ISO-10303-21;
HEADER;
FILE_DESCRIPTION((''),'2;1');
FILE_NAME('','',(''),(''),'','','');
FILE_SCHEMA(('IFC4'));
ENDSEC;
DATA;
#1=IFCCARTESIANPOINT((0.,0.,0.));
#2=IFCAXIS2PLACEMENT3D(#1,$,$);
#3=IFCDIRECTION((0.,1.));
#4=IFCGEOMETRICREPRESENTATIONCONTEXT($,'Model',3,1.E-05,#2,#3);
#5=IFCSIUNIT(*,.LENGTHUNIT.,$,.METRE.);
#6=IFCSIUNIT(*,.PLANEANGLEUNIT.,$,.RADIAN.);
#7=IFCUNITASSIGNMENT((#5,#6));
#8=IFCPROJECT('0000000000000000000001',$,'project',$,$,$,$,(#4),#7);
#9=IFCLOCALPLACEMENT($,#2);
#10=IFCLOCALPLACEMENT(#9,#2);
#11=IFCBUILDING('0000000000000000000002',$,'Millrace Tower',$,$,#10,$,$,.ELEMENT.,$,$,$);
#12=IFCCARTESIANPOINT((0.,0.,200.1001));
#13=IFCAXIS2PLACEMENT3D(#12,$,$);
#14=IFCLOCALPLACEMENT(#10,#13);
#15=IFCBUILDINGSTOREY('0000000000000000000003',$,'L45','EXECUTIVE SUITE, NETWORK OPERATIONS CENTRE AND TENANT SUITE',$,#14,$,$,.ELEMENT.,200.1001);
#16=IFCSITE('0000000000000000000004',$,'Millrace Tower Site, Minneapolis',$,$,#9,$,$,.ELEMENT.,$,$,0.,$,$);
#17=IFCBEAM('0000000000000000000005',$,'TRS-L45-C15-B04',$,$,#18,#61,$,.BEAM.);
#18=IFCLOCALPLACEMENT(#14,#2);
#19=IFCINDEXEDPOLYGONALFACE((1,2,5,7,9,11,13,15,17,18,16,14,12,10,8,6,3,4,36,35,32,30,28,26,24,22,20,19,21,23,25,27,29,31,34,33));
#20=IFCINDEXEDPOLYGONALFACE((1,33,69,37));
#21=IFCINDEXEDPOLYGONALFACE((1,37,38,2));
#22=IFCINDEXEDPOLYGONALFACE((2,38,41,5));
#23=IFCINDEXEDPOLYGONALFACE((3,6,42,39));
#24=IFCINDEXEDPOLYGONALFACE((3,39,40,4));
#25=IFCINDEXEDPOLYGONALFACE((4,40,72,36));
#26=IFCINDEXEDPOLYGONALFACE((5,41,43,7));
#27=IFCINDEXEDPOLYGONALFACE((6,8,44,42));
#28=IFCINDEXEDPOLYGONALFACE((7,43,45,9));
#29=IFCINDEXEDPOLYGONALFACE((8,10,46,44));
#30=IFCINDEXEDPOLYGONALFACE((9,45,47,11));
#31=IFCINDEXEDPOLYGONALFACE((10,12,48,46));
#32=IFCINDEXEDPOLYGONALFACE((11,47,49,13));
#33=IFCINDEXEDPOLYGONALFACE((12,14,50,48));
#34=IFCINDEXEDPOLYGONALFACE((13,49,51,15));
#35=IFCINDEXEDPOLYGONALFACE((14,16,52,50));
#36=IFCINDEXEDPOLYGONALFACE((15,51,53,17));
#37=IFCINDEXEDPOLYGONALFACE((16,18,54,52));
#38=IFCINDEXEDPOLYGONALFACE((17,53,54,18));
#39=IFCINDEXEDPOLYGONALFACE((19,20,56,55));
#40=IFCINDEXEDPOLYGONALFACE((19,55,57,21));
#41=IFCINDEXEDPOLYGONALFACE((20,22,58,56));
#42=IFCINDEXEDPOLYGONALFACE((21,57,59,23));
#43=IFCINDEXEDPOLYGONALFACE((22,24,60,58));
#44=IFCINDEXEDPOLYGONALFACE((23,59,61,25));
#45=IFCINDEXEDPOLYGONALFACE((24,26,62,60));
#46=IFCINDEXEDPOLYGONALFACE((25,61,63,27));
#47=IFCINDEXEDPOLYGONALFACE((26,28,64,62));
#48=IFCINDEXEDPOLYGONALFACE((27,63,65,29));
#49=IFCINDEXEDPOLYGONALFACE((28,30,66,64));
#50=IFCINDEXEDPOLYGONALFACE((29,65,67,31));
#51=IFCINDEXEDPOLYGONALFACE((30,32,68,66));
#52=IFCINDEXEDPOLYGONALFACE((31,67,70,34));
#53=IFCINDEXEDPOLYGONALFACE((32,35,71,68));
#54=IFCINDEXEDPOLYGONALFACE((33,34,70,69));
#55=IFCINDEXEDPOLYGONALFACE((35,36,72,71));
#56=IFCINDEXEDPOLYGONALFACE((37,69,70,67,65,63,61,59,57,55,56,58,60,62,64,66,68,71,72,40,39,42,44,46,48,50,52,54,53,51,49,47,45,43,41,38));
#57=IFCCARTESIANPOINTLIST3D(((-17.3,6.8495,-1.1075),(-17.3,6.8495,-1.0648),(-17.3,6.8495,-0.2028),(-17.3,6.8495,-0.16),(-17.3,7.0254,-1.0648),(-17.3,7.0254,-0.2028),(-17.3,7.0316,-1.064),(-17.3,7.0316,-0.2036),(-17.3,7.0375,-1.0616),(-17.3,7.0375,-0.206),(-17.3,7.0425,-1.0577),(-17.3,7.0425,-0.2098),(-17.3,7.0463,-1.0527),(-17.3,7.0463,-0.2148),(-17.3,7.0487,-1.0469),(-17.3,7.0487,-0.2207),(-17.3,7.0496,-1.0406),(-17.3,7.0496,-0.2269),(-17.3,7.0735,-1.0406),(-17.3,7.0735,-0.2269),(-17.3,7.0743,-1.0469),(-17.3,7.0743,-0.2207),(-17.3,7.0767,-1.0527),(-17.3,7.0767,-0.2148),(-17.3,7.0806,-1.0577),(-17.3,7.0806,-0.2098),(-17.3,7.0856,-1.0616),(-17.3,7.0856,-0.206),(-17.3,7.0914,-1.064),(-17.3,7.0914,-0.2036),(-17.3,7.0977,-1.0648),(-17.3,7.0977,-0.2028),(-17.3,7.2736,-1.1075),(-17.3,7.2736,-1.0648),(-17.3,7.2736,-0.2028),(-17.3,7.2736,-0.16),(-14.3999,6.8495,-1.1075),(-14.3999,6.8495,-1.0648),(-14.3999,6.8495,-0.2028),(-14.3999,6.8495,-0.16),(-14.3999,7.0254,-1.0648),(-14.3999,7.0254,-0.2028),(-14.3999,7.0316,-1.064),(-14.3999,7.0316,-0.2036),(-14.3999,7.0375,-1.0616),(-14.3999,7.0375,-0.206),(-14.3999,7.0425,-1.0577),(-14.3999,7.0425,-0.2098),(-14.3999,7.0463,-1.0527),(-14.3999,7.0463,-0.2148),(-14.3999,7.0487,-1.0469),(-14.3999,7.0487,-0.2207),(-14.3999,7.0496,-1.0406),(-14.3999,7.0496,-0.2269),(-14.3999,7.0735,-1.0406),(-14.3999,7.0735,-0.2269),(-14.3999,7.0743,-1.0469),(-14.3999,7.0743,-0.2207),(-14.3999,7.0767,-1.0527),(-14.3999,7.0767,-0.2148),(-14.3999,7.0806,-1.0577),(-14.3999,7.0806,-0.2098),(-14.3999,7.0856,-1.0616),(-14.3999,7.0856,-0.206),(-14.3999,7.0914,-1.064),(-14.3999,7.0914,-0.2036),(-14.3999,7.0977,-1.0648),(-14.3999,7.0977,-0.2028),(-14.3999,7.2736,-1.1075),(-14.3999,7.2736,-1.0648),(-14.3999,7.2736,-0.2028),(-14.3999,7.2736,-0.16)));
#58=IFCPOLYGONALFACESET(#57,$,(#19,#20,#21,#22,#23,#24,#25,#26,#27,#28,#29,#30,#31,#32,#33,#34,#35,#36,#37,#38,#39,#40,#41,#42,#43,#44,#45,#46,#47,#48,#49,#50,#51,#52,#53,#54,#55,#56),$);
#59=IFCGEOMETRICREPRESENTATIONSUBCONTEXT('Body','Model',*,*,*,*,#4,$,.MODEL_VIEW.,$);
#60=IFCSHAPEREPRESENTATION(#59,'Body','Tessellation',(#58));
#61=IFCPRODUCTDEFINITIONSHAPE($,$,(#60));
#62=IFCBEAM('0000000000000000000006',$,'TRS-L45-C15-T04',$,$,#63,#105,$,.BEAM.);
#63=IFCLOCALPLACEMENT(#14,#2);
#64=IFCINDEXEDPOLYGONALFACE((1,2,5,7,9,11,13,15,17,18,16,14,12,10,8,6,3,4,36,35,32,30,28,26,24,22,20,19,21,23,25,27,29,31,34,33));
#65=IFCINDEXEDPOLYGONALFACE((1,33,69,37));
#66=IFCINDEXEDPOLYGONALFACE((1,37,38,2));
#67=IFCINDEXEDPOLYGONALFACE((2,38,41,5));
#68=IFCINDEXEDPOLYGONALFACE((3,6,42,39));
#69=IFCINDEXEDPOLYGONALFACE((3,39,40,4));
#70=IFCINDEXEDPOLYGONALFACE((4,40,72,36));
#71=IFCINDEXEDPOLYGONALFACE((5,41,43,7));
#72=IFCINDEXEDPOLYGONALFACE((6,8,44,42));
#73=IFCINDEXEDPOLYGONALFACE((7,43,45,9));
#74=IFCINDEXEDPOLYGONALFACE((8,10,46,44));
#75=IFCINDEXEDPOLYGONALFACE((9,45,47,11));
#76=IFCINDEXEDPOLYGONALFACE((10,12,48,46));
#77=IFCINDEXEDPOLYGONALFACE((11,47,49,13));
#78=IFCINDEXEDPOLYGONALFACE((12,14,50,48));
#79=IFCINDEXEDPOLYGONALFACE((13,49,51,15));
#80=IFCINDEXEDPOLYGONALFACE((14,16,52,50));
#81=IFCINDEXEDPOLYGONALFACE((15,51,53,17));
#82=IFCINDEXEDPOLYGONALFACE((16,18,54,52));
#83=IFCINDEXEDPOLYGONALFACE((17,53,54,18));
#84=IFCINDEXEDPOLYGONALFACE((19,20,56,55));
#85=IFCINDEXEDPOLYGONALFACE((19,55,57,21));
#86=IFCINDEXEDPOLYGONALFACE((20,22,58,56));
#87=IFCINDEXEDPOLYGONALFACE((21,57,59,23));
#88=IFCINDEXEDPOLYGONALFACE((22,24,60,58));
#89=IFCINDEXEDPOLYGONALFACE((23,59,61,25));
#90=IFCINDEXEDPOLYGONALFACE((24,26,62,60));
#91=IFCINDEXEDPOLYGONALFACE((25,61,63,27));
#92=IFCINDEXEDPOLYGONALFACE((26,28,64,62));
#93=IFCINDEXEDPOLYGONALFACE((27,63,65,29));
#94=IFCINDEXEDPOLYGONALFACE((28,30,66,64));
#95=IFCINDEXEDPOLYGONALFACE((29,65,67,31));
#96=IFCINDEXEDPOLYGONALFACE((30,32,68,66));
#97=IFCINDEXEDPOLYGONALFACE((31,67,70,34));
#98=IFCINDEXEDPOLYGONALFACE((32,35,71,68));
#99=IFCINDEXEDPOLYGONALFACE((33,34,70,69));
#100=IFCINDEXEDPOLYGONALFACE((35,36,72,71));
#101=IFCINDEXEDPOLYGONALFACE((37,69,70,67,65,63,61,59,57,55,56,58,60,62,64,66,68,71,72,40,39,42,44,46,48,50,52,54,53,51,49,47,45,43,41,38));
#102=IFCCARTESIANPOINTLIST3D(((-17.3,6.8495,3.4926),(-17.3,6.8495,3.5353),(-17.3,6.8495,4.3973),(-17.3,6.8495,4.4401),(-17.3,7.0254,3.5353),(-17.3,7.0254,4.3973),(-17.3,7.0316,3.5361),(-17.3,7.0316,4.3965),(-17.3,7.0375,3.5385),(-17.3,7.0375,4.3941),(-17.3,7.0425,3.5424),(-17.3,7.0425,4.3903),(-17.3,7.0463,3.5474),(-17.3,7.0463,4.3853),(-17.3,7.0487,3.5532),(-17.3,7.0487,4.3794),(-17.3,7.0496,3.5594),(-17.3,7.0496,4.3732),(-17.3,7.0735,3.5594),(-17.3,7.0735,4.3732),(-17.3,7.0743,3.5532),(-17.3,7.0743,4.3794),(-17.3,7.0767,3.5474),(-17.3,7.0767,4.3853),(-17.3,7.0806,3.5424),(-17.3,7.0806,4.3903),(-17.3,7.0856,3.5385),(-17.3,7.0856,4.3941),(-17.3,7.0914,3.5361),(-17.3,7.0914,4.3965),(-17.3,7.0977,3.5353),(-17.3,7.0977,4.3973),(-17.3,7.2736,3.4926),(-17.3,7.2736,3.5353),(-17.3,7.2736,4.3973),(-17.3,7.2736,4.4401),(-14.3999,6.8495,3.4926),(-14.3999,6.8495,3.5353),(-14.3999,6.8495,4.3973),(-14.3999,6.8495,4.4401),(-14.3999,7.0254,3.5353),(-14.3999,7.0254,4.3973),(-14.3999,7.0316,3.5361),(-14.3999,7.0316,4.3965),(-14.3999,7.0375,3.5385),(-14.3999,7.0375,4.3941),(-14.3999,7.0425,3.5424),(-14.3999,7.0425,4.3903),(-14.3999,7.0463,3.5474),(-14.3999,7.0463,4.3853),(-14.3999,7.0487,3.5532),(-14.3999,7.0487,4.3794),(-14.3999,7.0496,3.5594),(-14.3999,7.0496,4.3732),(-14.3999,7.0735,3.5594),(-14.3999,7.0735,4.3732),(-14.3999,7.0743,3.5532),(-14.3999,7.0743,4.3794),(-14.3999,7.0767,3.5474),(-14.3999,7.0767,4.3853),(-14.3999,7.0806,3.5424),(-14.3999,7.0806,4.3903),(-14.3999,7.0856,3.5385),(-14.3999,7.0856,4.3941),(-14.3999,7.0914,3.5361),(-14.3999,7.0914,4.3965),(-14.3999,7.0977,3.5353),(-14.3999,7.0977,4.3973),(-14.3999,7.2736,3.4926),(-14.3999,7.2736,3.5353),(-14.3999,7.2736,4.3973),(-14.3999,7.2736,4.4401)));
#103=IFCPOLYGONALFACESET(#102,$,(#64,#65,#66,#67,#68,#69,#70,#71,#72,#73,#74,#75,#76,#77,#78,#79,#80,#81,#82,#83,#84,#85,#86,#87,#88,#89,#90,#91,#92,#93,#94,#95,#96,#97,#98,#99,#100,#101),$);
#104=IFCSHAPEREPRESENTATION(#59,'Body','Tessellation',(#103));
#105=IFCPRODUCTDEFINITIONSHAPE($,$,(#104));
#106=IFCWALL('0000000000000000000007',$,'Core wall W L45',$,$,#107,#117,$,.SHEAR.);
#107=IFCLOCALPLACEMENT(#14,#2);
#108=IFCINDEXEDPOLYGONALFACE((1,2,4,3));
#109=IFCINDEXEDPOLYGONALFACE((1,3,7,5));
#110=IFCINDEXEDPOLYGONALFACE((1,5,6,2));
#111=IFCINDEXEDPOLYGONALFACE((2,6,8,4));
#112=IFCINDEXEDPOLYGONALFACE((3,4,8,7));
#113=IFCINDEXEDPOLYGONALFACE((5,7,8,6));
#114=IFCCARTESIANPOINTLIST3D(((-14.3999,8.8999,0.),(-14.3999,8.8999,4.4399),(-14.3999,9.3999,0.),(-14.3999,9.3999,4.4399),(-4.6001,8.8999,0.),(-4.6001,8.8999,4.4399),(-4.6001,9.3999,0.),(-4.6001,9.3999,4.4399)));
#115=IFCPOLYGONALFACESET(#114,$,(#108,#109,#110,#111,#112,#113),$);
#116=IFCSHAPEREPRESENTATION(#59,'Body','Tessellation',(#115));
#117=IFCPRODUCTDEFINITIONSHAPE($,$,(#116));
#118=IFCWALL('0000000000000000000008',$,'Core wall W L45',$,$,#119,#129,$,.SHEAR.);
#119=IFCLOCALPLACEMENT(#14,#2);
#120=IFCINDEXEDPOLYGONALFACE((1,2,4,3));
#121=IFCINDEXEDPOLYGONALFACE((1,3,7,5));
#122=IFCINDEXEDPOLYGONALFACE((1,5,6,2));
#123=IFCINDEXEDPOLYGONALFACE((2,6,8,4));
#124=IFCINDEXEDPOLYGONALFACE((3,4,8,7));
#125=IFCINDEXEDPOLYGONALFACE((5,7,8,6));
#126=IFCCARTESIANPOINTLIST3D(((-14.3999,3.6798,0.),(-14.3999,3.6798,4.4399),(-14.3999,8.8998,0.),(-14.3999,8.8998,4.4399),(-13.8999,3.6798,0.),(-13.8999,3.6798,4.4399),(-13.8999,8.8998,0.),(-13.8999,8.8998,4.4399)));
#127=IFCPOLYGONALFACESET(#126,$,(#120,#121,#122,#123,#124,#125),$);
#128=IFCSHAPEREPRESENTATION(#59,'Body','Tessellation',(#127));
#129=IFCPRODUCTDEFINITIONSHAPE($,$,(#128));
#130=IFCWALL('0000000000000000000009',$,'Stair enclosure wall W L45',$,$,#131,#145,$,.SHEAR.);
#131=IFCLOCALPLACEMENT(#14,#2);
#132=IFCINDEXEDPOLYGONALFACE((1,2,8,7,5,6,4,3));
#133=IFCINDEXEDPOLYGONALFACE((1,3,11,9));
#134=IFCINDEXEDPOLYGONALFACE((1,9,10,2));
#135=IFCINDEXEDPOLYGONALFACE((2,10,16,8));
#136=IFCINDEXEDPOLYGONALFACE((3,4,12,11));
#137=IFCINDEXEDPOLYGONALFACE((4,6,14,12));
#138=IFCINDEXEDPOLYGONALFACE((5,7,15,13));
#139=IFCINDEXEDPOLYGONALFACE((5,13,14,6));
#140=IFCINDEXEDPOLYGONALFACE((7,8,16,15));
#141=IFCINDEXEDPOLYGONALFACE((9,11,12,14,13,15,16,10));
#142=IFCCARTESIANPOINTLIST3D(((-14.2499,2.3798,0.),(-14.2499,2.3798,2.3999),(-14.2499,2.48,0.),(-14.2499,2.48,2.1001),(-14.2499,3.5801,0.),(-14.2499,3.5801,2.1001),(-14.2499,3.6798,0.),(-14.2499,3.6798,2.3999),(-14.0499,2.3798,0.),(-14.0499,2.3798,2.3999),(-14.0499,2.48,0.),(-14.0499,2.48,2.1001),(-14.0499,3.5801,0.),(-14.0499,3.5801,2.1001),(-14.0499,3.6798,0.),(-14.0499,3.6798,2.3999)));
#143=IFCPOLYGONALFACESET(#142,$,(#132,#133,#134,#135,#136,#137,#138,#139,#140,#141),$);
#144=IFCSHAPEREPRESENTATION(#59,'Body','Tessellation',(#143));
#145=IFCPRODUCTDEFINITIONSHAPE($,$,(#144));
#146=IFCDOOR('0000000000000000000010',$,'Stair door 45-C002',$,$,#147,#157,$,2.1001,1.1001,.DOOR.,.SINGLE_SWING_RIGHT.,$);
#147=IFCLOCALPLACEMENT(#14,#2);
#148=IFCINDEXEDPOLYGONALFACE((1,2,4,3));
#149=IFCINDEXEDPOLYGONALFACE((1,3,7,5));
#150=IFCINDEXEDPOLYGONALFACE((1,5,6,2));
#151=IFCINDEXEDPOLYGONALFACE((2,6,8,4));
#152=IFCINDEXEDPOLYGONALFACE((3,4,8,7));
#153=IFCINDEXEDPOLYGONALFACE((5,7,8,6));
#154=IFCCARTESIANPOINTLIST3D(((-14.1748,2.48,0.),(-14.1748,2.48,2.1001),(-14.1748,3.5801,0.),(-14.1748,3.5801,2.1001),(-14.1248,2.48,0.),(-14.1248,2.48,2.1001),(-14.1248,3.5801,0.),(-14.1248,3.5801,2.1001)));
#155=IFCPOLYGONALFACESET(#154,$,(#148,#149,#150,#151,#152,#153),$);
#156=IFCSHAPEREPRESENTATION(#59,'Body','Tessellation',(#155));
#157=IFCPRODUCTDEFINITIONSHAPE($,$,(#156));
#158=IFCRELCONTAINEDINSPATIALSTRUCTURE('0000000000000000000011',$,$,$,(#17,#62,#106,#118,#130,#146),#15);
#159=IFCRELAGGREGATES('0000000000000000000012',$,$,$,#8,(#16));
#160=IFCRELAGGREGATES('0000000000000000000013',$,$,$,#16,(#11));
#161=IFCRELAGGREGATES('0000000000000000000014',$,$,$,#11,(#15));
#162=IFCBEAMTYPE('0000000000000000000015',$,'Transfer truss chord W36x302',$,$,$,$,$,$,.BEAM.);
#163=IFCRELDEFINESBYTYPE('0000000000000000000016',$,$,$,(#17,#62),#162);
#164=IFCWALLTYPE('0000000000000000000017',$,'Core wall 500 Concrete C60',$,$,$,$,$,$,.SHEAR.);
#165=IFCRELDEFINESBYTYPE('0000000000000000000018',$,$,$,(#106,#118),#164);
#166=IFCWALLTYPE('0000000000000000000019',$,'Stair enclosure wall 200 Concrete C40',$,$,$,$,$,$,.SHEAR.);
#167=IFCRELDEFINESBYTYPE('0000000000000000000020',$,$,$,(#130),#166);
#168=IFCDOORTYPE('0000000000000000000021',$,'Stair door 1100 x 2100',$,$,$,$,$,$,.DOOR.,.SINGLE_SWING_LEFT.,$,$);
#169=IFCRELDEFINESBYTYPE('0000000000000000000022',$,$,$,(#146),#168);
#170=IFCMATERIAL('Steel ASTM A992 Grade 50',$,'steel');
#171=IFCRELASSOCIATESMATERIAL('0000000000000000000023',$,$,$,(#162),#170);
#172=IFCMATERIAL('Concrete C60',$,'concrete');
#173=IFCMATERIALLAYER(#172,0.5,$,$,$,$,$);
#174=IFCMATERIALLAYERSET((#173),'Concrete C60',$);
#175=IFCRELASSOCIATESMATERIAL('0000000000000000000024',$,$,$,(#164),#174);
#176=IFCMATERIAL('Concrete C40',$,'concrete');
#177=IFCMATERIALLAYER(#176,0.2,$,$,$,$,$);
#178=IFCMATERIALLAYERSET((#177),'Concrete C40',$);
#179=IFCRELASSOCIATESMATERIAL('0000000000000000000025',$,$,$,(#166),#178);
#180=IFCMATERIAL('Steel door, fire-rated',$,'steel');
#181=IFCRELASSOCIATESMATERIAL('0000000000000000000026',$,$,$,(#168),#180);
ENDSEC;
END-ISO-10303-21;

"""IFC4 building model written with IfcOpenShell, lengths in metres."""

from ifc_helpers import new_model, si_unit, direction, frame, frame_2d, origin, origin_2d, place, context, subcontext, project, spatial, rectangle, i_section, extrude, material, layer, layer_set, material_profile, profile_set, type_object, element, fill, save


model = new_model("IFC4")

# Units and contexts
model_context = context("Model", 3, precision=1e-05, world=origin(), true_north=direction((0.0, 1.0)))
body_context = subcontext(model_context, "Body", "Model", "MODEL_VIEW")
ifc_project = project(units=[si_unit("LENGTHUNIT", "METRE"), si_unit("PLANEANGLEUNIT", "RADIAN")], contexts=[model_context])

# Site, building, storey
site_placement = place(None, origin())
site = spatial("IfcSite", under=ifc_project, at=site_placement, Name="Millrace Tower Site, Minneapolis", CompositionType="ELEMENT", RefElevation=0.0)
building_placement = place(site_placement, origin())
building = spatial("IfcBuilding", under=site, at=building_placement, Name="Millrace Tower", CompositionType="ELEMENT")
storey_placement = place(building_placement, frame((0.0, 0.0, 200.1001)))
storey = spatial("IfcBuildingStorey", under=building, at=storey_placement, Name="L45", Description="EXECUTIVE SUITE, NETWORK OPERATIONS CENTRE AND TENANT SUITE", CompositionType="ELEMENT", Elevation=200.1001)

# Beams
ifc_material_1 = material(Name="Steel ASTM A992 Grade 50", Category="steel")
ifc_material_profile_1 = material_profile(ifc_material_1, i_section(OverallWidth=0.4241, OverallDepth=0.9475, WebThickness=0.0239, FlangeThickness=0.0427, FilletRadius=0.0242, at=origin_2d()))
ifc_profile_set_1 = profile_set([ifc_material_profile_1], Name="Steel ASTM A992 Grade 50")
beam_type_1 = type_object("IfcBeamType", Name="Transfer truss chord W36x302", PredefinedType="BEAM", material=ifc_profile_set_1)
for number, where, z_axis, x_axis, name in (
    (1, (-17.3, 7.0615, -0.6338), (1.0, 0.0, 0.0), (0.0, 1.0, 0.0), "TRS-L45-C15-B04"),
    (2, (-17.3, 7.0615, 3.9663), (1.0, 0.0, 0.0), (0.0, 1.0, 0.0), "TRS-L45-C15-T04"),
):
    element("IfcBeam", number, at=place(storey_placement, frame(where, z_axis=z_axis, x_axis=x_axis)), inside=storey, type_object=beam_type_1, Name=name, PredefinedType="BEAM", context=body_context, shape_type="SweptSolid", body=[
        extrude(i_section(OverallWidth=0.4241, OverallDepth=0.9475, WebThickness=0.0239, FlangeThickness=0.0427, FilletRadius=0.0242, at=origin_2d()), origin(), (0.0, 0.0, 1.0), 2.9001),
    ])

# Walls
ifc_material_2 = material(Name="Concrete C60", Category="concrete")
ifc_layer_1 = layer(ifc_material_2, 0.5)
ifc_layer_set_1 = layer_set([ifc_layer_1], Name="Concrete C60")
wall_type_1 = type_object("IfcWallType", Name="Core wall 500 Concrete C60", PredefinedType="SHEAR", material=ifc_layer_set_1)
wall_1_placement = place(storey_placement, frame((-14.3999, 9.1499, 0.0), z_axis=(0.0, 0.0, 1.0), x_axis=(1.0, 0.0, 0.0)))
element("IfcWall", 3, at=wall_1_placement, inside=storey, type_object=wall_type_1, Name="Core wall W L45", PredefinedType="SHEAR", context=body_context, shape_type="SweptSolid", body=[
    extrude(rectangle(XDim=9.7998, YDim=0.5, at=frame_2d((4.8999, 0.0))), origin(), (0.0, 0.0, 1.0), 4.4399),
])
wall_2_placement = place(storey_placement, frame((-14.1499, 3.6799, 0.0), z_axis=(0.0, 0.0, 1.0), x_axis=(0.0, 1.0, 0.0)))
element("IfcWall", 4, at=wall_2_placement, inside=storey, type_object=wall_type_1, Name="Core wall W L45", PredefinedType="SHEAR", context=body_context, shape_type="SweptSolid", body=[
    extrude(rectangle(XDim=5.22, YDim=0.5, at=frame_2d((2.6099, 0.0))), origin(), (0.0, 0.0, 1.0), 4.4399),
])

# Wall, opening, door
ifc_material_3 = material(Name="Concrete C40", Category="concrete")
ifc_layer_2 = layer(ifc_material_3, 0.2)
ifc_layer_set_2 = layer_set([ifc_layer_2], Name="Concrete C40")
wall_type_2 = type_object("IfcWallType", Name="Stair enclosure wall 200 Concrete C40", PredefinedType="SHEAR", material=ifc_layer_set_2)
wall_3_placement = place(storey_placement, frame((-14.1499, 2.3799, 0.0), z_axis=(0.0, 0.0, 1.0), x_axis=(0.0, 1.0, 0.0)))
wall_3 = element("IfcWall", 5, at=wall_3_placement, inside=storey, type_object=wall_type_2, Name="Stair enclosure wall W L45", PredefinedType="SHEAR", context=body_context, shape_type="SweptSolid", body=[
    extrude(rectangle(XDim=1.3, YDim=0.2, at=frame_2d((0.6499, 0.0))), origin(), (0.0, 0.0, 1.0), 2.3999),
])
opening_1_placement = place(wall_3_placement, frame((0.1001, 0.0, 0.0)))
opening_1 = element("IfcOpeningElement", 6, at=opening_1_placement, cuts=wall_3, PredefinedType="OPENING", context=body_context, shape_type="SweptSolid", body=[
    extrude(rectangle(XDim=1.1001, YDim=2.1001, at=frame_2d((0.55, 1.05))), frame((0.0, 0.1099, 0.0), z_axis=(0.0, -1.0, 0.0), x_axis=(1.0, 0.0, 0.0)), (0.0, 0.0, 1.0), 0.22),
])
ifc_material_4 = material(Name="Steel door, fire-rated", Category="steel")
door_type_1 = type_object("IfcDoorType", Name="Stair door 1100 x 2100", OperationType="SINGLE_SWING_LEFT", PredefinedType="DOOR", material=ifc_material_4)
door_1_placement = place(opening_1_placement, origin())
door_1 = element("IfcDoor", 7, at=door_1_placement, inside=storey, type_object=door_type_1, Name="Stair door 45-C002", OperationType="SINGLE_SWING_RIGHT", OverallHeight=2.1001, OverallWidth=1.1001, PredefinedType="DOOR", context=body_context, shape_type="SweptSolid", body=[
    extrude(rectangle(XDim=1.1001, YDim=2.1001, at=frame_2d((0.55, 1.05))), frame((0.0, 0.0249, 0.0), z_axis=(0.0, -1.0, 0.0), x_axis=(1.0, 0.0, 0.0)), (0.0, 0.0, 1.0), 0.05),
])
fill(opening_1, door_1)

save(model, "model.ifc")
